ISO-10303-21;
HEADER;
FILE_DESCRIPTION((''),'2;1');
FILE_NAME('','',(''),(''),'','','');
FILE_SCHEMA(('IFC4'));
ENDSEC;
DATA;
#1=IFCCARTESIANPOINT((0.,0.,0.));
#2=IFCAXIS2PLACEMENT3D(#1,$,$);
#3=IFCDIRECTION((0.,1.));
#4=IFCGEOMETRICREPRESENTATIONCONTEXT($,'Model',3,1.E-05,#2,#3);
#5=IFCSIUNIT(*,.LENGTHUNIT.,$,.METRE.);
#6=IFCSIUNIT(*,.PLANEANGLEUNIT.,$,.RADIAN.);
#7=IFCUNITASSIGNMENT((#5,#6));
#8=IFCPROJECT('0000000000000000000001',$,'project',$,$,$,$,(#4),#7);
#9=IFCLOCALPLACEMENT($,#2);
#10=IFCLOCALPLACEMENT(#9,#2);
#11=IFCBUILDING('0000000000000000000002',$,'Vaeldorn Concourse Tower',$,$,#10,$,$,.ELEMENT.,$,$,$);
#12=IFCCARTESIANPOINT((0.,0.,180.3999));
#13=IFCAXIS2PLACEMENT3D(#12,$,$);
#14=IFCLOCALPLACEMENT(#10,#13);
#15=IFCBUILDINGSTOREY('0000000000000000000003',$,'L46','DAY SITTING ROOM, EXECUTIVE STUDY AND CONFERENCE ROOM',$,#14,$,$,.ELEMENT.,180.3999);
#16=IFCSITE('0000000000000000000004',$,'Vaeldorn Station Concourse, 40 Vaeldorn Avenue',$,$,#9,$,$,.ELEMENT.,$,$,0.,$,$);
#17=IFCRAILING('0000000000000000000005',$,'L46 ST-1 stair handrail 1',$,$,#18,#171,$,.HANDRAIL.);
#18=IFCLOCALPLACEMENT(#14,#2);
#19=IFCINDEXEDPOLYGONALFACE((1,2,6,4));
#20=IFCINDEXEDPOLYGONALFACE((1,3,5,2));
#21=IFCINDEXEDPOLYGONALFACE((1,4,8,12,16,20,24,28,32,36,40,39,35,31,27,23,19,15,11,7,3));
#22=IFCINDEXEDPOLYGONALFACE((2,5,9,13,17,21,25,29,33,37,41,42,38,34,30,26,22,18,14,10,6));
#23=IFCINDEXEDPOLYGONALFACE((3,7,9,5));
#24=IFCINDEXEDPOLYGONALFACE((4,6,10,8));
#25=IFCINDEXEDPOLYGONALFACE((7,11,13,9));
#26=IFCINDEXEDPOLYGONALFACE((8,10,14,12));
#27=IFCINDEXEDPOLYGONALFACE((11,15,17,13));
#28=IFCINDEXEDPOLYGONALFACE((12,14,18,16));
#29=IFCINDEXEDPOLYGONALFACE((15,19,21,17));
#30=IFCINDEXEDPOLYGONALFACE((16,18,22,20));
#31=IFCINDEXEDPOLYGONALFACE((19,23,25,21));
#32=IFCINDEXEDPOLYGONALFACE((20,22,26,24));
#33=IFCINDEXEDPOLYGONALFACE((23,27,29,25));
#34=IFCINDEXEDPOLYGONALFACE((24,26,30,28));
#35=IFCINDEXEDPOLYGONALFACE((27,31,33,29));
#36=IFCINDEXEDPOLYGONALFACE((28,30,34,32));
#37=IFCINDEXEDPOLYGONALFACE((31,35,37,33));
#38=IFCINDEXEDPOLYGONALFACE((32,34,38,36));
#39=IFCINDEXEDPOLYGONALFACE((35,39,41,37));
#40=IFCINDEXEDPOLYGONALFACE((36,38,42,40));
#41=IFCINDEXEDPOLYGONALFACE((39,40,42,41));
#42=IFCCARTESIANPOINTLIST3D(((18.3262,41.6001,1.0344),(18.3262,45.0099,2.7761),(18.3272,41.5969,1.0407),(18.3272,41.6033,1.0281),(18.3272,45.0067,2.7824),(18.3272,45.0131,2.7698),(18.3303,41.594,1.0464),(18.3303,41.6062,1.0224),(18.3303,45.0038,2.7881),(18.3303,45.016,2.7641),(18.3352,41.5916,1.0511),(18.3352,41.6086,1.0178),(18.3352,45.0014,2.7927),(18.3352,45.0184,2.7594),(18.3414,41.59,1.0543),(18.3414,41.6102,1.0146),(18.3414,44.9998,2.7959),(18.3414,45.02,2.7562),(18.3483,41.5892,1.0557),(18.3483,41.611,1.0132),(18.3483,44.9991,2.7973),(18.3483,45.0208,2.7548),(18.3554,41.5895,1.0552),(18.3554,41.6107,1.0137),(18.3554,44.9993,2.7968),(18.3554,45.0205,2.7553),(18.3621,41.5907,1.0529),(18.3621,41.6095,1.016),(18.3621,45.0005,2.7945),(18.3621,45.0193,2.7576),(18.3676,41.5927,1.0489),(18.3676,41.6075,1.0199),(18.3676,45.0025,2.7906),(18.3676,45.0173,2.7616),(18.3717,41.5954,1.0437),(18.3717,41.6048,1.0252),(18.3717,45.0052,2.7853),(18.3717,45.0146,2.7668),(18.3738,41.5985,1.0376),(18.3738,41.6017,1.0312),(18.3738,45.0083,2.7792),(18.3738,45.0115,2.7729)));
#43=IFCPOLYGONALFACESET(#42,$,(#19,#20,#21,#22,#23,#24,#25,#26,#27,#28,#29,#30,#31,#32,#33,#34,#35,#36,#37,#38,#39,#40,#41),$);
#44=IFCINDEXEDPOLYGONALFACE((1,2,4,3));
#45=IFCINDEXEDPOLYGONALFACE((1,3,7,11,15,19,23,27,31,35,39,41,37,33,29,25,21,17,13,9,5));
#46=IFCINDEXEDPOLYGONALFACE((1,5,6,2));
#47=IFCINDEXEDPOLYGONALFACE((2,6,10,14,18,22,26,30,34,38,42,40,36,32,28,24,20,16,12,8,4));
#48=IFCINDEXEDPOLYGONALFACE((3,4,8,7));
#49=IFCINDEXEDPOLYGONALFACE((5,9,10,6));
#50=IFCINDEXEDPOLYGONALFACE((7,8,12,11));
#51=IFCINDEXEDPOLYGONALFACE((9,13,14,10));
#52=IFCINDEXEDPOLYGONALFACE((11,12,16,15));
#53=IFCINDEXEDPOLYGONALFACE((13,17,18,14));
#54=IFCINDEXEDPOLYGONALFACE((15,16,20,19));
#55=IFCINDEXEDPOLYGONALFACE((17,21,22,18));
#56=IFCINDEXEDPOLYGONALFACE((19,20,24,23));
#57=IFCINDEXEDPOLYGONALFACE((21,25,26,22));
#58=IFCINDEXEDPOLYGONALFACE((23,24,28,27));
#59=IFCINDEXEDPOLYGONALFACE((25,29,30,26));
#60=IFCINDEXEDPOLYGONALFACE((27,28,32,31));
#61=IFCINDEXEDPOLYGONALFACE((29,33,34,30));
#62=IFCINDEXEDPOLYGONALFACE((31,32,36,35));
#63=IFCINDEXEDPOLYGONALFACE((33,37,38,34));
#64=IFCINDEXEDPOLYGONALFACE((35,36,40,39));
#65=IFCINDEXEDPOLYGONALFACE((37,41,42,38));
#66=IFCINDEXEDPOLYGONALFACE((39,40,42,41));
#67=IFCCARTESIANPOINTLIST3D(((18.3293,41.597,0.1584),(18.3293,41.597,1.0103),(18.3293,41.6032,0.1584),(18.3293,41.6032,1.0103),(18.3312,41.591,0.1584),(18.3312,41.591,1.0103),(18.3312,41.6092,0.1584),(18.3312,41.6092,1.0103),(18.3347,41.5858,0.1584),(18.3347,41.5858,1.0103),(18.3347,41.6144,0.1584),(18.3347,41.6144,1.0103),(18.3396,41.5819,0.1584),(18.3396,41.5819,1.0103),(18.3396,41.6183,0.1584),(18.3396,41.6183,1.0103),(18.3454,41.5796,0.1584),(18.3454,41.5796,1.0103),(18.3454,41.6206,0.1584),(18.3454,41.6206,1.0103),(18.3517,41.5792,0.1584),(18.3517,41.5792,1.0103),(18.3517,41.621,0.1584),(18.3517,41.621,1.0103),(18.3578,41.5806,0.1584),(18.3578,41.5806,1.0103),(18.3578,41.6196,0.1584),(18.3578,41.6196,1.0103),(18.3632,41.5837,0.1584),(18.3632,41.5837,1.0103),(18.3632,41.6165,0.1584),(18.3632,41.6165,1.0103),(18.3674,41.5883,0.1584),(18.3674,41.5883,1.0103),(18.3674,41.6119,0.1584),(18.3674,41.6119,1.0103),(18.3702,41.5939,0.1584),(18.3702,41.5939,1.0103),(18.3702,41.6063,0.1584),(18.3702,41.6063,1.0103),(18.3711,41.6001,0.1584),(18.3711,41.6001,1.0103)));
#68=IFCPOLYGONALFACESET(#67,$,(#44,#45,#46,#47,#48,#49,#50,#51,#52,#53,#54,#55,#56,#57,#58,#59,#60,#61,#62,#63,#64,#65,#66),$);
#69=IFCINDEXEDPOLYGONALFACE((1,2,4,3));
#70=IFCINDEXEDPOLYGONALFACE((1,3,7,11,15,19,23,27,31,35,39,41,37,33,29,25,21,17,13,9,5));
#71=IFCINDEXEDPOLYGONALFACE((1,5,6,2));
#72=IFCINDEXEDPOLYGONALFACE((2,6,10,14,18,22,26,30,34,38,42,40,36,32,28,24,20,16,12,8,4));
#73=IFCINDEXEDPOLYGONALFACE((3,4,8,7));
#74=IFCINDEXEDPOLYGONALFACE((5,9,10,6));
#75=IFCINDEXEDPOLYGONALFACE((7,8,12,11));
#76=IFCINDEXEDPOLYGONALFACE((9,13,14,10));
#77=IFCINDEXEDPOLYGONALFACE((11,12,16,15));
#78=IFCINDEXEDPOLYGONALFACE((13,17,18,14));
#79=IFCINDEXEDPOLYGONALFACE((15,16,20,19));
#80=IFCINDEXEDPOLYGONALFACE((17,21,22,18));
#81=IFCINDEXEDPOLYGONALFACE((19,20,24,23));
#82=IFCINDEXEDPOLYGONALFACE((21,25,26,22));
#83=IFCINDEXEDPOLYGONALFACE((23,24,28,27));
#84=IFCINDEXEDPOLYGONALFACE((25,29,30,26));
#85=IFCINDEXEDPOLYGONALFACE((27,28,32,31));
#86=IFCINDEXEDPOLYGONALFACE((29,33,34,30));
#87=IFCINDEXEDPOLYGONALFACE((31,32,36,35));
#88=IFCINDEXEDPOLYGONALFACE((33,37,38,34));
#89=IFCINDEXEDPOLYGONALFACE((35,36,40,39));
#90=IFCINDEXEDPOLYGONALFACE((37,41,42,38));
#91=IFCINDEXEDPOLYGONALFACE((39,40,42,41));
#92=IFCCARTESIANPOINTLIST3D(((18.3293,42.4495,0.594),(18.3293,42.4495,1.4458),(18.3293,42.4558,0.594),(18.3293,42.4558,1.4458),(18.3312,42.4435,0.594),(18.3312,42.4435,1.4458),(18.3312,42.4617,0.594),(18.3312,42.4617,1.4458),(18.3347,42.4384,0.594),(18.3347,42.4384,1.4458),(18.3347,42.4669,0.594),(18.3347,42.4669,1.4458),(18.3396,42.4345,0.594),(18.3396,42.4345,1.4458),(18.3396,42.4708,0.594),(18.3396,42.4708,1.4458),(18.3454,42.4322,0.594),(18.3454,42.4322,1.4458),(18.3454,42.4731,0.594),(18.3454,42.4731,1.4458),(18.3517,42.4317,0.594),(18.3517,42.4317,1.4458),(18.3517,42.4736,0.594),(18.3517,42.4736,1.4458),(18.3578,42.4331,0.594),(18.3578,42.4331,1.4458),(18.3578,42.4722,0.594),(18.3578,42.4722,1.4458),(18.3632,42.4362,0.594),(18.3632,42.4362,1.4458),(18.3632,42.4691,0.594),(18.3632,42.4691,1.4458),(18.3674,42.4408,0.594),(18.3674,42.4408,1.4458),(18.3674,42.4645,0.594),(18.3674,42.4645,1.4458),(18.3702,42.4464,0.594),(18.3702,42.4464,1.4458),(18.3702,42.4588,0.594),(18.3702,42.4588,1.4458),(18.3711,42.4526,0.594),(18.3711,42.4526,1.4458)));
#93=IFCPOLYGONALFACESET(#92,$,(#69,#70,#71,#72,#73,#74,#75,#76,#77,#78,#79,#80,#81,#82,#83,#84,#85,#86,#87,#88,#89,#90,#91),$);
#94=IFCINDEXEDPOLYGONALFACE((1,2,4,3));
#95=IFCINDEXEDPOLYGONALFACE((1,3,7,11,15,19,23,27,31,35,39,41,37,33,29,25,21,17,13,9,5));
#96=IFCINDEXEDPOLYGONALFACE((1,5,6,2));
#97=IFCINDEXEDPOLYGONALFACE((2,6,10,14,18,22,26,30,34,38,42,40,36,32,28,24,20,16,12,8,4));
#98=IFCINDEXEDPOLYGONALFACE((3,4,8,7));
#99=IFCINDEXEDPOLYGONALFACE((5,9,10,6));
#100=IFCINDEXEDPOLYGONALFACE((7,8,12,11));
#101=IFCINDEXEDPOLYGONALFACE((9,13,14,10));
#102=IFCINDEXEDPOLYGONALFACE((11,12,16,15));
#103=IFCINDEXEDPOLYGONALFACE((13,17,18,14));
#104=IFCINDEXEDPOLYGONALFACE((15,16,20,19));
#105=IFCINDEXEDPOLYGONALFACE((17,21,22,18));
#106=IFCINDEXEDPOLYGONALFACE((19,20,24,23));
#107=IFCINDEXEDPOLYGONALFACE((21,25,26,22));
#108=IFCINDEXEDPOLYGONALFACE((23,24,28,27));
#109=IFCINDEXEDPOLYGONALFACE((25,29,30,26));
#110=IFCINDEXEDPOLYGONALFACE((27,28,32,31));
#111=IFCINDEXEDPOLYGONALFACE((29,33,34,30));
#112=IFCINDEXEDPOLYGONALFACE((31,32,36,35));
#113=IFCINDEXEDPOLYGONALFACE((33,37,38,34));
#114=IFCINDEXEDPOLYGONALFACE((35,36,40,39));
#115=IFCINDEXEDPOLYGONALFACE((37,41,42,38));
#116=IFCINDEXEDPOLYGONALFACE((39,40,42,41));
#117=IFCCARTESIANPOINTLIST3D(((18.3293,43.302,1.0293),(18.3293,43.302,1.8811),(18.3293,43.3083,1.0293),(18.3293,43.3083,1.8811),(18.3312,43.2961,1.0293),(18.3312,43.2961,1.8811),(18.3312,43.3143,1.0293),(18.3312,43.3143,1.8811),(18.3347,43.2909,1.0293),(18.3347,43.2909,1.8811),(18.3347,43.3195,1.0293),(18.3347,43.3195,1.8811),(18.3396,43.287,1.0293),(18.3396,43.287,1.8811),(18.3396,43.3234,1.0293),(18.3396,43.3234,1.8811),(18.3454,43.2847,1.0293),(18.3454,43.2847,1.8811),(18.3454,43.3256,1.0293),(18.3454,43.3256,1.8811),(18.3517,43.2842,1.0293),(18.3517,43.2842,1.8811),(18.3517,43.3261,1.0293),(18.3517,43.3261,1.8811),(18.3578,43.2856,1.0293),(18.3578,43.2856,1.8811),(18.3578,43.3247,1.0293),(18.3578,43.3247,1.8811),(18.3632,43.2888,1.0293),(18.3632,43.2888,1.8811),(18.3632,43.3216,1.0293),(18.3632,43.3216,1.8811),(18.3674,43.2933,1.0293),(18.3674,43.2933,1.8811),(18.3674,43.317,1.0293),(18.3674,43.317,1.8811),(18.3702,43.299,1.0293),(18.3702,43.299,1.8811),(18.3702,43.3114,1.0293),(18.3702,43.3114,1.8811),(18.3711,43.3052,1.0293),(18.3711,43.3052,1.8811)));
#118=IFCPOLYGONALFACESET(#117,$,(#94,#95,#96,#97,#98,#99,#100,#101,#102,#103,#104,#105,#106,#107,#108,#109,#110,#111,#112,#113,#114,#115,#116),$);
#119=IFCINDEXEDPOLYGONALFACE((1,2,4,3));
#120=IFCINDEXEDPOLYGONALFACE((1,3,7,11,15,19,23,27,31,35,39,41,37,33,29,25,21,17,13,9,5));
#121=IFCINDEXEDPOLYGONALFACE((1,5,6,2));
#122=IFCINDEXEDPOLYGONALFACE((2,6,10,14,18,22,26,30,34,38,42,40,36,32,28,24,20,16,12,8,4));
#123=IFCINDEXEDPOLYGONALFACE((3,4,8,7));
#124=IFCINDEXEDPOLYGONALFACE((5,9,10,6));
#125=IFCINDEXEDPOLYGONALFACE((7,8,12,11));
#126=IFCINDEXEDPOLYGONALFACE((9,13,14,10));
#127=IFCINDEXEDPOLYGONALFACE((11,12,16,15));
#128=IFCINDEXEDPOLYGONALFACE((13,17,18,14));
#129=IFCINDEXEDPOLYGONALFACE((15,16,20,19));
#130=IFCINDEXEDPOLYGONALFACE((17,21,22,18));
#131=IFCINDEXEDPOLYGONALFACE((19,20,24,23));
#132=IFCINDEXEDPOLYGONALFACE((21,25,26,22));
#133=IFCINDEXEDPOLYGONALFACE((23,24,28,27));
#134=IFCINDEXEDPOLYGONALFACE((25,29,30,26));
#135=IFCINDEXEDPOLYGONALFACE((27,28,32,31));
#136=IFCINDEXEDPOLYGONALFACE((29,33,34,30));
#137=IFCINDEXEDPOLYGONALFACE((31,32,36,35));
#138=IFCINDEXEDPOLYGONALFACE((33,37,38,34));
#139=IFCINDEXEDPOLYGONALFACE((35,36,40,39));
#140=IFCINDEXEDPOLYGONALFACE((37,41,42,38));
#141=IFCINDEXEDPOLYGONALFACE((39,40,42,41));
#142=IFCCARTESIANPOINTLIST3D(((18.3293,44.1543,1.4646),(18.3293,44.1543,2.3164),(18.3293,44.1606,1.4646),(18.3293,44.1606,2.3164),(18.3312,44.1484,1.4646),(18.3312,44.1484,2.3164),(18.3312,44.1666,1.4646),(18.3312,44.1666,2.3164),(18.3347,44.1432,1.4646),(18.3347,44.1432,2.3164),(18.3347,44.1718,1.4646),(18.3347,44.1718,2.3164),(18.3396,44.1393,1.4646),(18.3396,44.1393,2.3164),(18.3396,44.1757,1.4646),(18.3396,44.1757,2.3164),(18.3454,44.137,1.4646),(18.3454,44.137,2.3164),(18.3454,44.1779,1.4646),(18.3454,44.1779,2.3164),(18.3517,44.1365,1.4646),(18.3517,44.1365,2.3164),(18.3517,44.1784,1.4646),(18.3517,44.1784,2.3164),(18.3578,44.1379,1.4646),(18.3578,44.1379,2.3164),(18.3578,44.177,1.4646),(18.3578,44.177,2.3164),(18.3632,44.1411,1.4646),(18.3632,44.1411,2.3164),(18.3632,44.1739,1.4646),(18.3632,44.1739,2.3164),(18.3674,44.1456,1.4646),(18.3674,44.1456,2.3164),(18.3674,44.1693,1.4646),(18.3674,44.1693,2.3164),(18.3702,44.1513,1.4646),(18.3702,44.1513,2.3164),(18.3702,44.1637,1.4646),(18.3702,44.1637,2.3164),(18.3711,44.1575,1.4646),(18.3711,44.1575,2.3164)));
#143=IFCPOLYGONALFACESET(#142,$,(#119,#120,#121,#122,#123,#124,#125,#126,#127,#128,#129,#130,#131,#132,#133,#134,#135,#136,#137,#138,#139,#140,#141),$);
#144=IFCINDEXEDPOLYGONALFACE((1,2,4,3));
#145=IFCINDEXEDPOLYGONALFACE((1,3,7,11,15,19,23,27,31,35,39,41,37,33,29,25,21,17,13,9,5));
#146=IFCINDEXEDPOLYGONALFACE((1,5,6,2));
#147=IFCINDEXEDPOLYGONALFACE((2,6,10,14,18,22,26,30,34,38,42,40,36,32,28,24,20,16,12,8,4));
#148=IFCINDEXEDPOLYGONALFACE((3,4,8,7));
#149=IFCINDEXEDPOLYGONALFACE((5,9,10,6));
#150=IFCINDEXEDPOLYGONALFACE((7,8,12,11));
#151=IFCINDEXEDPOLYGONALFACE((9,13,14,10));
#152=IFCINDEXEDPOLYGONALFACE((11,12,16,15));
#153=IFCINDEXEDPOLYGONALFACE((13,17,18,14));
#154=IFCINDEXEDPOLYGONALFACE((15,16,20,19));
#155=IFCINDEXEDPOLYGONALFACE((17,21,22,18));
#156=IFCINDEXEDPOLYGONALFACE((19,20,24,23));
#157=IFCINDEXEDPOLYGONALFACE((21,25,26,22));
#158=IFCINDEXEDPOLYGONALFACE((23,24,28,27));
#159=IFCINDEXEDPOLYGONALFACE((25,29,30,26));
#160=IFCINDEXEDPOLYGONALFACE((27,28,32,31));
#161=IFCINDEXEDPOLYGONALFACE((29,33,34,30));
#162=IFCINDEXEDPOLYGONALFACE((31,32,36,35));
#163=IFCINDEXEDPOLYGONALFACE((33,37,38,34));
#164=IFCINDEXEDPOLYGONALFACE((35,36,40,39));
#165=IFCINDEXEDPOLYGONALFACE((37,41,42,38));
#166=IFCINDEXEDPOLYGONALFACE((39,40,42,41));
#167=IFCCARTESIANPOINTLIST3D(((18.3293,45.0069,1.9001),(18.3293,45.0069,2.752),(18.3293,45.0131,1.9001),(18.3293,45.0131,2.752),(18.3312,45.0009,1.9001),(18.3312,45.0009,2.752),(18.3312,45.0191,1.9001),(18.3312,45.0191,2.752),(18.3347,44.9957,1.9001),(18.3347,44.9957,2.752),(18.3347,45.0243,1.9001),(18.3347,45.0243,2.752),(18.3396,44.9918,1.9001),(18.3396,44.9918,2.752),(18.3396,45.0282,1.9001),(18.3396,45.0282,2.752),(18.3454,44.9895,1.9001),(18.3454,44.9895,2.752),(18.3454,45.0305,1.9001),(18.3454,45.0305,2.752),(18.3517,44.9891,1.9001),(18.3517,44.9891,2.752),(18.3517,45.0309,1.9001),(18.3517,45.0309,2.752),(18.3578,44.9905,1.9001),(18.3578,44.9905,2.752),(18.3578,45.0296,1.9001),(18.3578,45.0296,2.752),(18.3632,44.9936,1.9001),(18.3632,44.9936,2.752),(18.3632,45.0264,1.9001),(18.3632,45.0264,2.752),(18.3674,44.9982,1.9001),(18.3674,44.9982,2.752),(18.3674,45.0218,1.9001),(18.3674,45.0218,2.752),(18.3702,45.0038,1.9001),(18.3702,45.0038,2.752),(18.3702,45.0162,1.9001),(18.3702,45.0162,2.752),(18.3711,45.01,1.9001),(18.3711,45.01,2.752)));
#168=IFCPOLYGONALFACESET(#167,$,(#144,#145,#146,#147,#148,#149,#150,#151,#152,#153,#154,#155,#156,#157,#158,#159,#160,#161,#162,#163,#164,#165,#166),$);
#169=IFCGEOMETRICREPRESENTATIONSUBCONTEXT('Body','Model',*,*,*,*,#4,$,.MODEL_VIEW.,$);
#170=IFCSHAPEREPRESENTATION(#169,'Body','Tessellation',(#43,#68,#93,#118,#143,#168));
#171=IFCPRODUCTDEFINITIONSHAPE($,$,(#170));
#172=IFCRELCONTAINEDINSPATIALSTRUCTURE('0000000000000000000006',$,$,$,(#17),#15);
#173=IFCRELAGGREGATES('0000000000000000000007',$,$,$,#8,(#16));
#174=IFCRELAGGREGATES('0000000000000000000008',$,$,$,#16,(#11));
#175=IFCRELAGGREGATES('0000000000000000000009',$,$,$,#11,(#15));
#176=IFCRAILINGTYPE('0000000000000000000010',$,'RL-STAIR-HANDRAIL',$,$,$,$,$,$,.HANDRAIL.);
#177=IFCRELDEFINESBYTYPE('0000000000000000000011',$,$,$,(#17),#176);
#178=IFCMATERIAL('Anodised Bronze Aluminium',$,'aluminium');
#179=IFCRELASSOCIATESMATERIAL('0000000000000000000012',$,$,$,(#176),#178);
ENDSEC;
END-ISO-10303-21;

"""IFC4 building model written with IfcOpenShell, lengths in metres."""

from ifc_helpers import new_model, si_unit, direction, frame, origin, origin_2d, place, context, subcontext, project, spatial, circle, extrude, material, type_object, element, save


model = new_model("IFC4")

# Units and contexts
model_context = context("Model", 3, precision=1e-05, world=origin(), true_north=direction((0.0, 1.0)))
body_context = subcontext(model_context, "Body", "Model", "MODEL_VIEW")
ifc_project = project(units=[si_unit("LENGTHUNIT", "METRE"), si_unit("PLANEANGLEUNIT", "RADIAN")], contexts=[model_context])

# Site, building, storey
site_placement = place(None, origin())
site = spatial("IfcSite", under=ifc_project, at=site_placement, Name="Vaeldorn Station Concourse, 40 Vaeldorn Avenue", CompositionType="ELEMENT", RefElevation=0.0)
building_placement = place(site_placement, origin())
building = spatial("IfcBuilding", under=site, at=building_placement, Name="Vaeldorn Concourse Tower", CompositionType="ELEMENT")
storey_placement = place(building_placement, frame((0.0, 0.0, 180.3999)))
storey = spatial("IfcBuildingStorey", under=building, at=storey_placement, Name="L46", Description="DAY SITTING ROOM, EXECUTIVE STUDY AND CONFERENCE ROOM", CompositionType="ELEMENT", Elevation=180.3999)

# Shared definitions
ifc_material_1 = material(Name="Anodised Bronze Aluminium", Category="aluminium")

# Railing
railing_type_1 = type_object("IfcRailingType", Name="RL-STAIR-HANDRAIL", PredefinedType="HANDRAIL", material=ifc_material_1)
railing_1_placement = place(storey_placement, frame((18.3501, 41.6001, 0.1584)))
element("IfcRailing", 1, at=railing_1_placement, inside=storey, type_object=railing_type_1, Name="L46 ST-1 stair handrail 1", PredefinedType="HANDRAIL", context=body_context, shape_type="SweptSolid", body=[
    extrude(circle(Radius=0.0239, at=origin_2d()), frame((0.0, 0.0, 0.876), z_axis=(0.0, 0.890556, 0.454874), x_axis=(-1.0, 0.0, 0.0)), (0.0, 0.0, 1.0), 3.8289),
    extrude(circle(Radius=0.021, at=origin_2d()), origin(), (0.0, 0.0, 1.0), 0.8518),
    extrude(circle(Radius=0.021, at=origin_2d()), frame((0.0, 0.8525, 0.4355)), (0.0, 0.0, 1.0), 0.8518),
    extrude(circle(Radius=0.021, at=origin_2d()), frame((0.0, 1.7051, 0.8708)), (0.0, 0.0, 1.0), 0.8518),
    extrude(circle(Radius=0.021, at=origin_2d()), frame((0.0, 2.5574, 1.3062)), (0.0, 0.0, 1.0), 0.8518),
    extrude(circle(Radius=0.021, at=origin_2d()), frame((0.0, 3.4099, 1.7417)), (0.0, 0.0, 1.0), 0.8518),
])

save(model, "model.ifc")
